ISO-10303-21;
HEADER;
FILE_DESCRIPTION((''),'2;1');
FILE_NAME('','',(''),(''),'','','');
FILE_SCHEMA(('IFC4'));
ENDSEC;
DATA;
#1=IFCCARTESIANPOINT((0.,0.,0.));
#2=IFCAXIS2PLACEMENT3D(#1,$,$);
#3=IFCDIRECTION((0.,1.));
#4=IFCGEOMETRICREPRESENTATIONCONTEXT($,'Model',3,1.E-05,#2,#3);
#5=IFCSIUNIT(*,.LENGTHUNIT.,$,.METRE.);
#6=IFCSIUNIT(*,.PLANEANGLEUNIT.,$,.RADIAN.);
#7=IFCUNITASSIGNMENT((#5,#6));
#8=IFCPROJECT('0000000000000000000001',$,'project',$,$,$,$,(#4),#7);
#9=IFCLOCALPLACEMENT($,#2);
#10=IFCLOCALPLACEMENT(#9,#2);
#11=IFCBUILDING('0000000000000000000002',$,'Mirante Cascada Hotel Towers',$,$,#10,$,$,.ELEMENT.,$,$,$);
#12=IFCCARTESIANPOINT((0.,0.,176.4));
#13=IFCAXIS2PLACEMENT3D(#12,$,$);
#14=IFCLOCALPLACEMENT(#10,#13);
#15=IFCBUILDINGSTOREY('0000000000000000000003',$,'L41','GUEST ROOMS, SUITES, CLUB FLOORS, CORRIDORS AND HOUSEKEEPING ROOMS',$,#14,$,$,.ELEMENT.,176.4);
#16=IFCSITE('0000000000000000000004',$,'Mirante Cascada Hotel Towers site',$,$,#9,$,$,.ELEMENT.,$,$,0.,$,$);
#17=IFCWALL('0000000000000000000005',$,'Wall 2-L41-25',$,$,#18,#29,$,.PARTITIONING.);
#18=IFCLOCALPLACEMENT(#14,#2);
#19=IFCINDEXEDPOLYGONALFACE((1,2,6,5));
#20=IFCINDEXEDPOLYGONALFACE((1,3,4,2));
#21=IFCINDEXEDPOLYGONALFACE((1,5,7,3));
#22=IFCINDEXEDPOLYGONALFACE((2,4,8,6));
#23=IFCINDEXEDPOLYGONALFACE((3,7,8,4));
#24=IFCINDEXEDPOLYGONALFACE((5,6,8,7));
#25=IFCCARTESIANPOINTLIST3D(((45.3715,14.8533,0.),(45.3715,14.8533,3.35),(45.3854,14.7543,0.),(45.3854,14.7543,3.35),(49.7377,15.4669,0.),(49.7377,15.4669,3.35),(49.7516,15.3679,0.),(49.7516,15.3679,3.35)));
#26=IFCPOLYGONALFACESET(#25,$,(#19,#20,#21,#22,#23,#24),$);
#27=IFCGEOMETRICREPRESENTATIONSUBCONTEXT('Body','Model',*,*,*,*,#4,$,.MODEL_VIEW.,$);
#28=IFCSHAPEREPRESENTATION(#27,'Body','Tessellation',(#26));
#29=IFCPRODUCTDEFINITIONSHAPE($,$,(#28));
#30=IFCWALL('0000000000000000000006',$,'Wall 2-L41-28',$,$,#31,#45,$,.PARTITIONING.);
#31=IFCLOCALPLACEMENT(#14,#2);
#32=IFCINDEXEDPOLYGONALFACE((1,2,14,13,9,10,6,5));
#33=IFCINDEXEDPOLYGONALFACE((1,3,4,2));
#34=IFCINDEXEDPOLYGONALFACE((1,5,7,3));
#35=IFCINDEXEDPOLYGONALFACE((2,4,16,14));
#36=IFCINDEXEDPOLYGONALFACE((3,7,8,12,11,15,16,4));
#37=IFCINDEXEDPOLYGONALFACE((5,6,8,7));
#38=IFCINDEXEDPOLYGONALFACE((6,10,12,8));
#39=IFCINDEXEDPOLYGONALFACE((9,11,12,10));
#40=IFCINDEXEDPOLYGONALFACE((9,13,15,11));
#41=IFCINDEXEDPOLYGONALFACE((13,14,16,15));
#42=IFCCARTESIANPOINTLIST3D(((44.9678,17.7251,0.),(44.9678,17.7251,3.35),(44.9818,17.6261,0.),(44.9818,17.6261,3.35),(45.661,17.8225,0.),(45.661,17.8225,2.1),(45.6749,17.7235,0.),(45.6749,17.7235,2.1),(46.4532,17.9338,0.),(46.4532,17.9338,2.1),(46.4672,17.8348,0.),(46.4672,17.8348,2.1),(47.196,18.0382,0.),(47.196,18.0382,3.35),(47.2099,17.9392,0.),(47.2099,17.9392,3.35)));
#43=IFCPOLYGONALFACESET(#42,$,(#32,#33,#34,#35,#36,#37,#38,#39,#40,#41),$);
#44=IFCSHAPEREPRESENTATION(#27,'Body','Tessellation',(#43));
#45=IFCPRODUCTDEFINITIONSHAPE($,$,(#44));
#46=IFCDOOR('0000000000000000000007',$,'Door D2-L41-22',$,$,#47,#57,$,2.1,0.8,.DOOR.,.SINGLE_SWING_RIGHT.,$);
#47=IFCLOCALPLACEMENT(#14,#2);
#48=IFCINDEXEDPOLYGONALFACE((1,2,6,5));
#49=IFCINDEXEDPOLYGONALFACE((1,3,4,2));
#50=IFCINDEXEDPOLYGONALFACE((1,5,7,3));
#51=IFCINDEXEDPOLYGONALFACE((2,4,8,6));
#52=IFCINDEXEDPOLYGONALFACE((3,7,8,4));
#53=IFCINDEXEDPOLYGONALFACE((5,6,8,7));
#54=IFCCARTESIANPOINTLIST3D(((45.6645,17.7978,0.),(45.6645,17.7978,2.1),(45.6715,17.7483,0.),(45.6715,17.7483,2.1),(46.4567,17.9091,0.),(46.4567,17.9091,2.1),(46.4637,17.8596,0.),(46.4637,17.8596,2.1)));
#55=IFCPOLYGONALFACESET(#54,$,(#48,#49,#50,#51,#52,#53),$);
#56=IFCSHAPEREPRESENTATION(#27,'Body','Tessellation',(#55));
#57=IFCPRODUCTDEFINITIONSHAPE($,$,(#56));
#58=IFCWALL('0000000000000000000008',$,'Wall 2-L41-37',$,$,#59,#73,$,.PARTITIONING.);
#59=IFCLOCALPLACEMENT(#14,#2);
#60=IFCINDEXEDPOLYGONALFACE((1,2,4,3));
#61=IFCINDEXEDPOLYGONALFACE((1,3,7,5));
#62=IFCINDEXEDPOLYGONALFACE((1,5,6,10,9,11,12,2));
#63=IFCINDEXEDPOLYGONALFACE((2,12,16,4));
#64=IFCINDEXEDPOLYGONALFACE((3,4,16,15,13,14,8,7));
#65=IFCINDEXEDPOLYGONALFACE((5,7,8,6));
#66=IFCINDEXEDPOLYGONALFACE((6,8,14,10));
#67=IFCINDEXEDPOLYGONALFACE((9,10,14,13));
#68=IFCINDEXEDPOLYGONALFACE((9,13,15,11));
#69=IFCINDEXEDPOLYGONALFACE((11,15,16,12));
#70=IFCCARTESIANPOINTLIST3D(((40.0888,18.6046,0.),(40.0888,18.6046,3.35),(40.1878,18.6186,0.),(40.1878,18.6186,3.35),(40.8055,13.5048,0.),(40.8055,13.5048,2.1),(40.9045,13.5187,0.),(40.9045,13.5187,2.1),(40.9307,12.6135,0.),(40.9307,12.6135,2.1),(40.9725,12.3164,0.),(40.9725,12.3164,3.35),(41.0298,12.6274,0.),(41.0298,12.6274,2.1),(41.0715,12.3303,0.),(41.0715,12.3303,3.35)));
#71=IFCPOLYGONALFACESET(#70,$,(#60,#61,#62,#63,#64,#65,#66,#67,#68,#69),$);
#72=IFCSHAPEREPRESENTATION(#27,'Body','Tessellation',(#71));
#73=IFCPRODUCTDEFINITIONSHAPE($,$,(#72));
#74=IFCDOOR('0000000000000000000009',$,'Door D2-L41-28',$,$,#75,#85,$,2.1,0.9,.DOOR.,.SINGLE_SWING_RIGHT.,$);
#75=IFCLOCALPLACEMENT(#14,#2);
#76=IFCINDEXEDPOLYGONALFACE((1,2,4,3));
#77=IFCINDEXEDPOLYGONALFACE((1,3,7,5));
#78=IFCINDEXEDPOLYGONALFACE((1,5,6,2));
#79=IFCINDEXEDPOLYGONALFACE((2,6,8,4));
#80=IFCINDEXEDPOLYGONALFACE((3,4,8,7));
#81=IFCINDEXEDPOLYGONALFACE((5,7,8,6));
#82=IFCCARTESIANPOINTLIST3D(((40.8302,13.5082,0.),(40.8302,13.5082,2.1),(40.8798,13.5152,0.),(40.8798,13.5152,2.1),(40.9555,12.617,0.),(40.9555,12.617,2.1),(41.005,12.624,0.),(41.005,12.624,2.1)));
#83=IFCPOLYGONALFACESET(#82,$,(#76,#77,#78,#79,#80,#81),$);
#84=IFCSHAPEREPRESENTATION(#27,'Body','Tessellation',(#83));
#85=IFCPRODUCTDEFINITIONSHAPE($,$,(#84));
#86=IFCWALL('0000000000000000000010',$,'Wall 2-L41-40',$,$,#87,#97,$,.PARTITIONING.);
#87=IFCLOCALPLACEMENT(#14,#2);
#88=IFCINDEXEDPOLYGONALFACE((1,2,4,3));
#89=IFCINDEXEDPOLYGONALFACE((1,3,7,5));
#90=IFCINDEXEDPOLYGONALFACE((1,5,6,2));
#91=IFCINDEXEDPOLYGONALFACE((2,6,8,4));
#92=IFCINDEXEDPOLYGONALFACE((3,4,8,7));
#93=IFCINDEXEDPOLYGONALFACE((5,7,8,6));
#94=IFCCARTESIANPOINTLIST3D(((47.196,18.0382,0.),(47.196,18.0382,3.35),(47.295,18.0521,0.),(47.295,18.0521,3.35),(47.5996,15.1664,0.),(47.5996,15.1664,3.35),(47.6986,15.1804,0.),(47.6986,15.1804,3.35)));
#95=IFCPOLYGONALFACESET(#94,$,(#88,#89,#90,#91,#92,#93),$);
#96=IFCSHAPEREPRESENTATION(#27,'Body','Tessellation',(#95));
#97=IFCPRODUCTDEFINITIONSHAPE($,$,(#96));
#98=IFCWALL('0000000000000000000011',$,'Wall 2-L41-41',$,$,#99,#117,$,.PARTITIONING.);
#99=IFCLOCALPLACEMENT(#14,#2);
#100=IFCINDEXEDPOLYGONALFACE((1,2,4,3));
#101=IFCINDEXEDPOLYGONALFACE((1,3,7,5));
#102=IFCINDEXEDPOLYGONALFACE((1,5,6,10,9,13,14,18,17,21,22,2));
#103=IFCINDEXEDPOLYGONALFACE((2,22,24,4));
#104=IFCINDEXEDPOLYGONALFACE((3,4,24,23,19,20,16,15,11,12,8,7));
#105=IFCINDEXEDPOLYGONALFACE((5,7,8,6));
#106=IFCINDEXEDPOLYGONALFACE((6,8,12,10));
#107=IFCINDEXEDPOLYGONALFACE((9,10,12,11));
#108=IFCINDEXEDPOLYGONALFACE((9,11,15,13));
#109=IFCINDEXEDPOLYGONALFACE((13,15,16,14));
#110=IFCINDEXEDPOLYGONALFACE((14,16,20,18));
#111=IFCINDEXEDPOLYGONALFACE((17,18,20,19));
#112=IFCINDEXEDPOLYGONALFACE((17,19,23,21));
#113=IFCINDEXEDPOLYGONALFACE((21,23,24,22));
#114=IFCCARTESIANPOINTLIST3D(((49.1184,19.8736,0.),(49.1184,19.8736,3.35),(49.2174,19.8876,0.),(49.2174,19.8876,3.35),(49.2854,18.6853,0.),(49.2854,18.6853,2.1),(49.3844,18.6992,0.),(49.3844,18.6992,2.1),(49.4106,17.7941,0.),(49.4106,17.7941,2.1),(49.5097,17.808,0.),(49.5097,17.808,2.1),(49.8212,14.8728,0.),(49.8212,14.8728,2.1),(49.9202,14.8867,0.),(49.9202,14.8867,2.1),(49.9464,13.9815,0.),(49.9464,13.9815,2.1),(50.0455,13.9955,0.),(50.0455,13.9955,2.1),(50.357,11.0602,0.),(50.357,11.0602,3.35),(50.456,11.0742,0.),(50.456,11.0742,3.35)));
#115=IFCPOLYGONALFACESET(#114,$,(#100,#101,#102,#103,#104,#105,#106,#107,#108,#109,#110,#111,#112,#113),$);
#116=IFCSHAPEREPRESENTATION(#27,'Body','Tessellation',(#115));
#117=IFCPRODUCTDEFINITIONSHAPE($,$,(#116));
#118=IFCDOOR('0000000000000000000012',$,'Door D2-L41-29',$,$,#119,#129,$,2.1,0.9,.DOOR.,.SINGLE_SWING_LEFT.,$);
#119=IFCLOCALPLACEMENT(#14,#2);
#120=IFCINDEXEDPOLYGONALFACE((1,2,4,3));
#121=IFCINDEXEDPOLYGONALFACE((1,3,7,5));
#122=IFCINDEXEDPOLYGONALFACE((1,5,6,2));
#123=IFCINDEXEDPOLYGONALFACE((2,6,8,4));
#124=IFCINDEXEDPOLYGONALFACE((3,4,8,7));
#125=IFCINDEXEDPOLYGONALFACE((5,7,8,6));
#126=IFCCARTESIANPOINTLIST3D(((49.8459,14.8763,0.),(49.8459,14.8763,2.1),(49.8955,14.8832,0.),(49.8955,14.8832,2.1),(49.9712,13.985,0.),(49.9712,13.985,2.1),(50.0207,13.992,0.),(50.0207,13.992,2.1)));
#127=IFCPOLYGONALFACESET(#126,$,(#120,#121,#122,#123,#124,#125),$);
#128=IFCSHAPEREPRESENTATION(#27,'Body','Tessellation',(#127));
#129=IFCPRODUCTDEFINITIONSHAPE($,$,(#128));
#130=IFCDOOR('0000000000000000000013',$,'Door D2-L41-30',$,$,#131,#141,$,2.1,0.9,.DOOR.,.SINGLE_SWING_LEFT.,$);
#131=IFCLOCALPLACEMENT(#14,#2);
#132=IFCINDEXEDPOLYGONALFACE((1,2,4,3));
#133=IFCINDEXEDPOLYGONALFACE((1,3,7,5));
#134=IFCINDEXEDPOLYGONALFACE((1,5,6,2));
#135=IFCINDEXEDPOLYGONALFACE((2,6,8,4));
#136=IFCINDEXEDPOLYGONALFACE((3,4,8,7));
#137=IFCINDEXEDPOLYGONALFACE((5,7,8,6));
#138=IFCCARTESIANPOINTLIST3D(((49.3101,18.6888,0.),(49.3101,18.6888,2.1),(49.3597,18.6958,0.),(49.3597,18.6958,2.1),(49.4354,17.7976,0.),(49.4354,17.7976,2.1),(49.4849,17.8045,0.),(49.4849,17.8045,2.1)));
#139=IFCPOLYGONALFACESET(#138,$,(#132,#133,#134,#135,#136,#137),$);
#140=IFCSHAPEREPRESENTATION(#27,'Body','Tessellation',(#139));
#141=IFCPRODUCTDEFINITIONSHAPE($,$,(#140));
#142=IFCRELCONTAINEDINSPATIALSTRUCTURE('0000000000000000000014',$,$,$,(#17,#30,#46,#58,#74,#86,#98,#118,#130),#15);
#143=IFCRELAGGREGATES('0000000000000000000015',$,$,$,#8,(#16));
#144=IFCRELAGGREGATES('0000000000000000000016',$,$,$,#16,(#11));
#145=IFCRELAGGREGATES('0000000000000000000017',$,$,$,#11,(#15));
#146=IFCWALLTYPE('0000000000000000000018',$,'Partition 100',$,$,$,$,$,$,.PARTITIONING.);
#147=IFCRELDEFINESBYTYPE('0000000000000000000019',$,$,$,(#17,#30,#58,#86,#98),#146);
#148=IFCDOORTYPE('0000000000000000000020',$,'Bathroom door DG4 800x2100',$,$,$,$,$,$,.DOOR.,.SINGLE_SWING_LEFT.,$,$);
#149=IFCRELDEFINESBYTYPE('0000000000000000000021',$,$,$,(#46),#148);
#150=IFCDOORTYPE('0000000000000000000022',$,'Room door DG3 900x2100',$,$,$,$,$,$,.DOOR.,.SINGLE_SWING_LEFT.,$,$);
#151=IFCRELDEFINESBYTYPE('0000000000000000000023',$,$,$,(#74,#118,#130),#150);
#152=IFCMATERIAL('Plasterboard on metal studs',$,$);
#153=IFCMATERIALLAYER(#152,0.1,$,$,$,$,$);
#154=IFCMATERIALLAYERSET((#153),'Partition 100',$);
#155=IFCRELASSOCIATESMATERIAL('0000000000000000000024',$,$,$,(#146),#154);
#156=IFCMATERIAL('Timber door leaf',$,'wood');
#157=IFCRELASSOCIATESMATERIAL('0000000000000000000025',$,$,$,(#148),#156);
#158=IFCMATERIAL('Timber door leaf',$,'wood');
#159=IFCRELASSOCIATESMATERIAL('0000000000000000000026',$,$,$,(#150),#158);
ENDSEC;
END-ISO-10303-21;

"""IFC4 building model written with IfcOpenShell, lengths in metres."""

from ifc_helpers import new_model, si_unit, direction, frame, frame_2d, origin, place, context, subcontext, project, spatial, rectangle, extrude, material, layer, layer_set, type_object, element, fill, save


model = new_model("IFC4")

# Units and contexts
model_context = context("Model", 3, precision=1e-05, world=origin(), true_north=direction((0.0, 1.0)))
body_context = subcontext(model_context, "Body", "Model", "MODEL_VIEW")
ifc_project = project(units=[si_unit("LENGTHUNIT", "METRE"), si_unit("PLANEANGLEUNIT", "RADIAN")], contexts=[model_context])

# Site, building, storey
site_placement = place(None, origin())
site = spatial("IfcSite", under=ifc_project, at=site_placement, Name="Mirante Cascada Hotel Towers site", CompositionType="ELEMENT", RefElevation=0.0)
building_placement = place(site_placement, origin())
building = spatial("IfcBuilding", under=site, at=building_placement, Name="Mirante Cascada Hotel Towers", CompositionType="ELEMENT")
storey_placement = place(building_placement, frame((0.0, 0.0, 176.4)))
storey = spatial("IfcBuildingStorey", under=building, at=storey_placement, Name="L41", Description="GUEST ROOMS, SUITES, CLUB FLOORS, CORRIDORS AND HOUSEKEEPING ROOMS", CompositionType="ELEMENT", Elevation=176.4)

# Shared definitions
ifc_material_1 = material(Name="Plasterboard on metal studs")
ifc_layer_1 = layer(ifc_material_1, 0.1)
ifc_layer_set_1 = layer_set([ifc_layer_1], Name="Partition 100")
wall_type = type_object("IfcWallType", Name="Partition 100", PredefinedType="PARTITIONING", material=ifc_layer_set_1)
ifc_material_2 = material(Name="Timber door leaf", Category="wood")
door_type_1 = type_object("IfcDoorType", Name="Bathroom door DG4 800x2100", OperationType="SINGLE_SWING_LEFT", PredefinedType="DOOR", material=ifc_material_2)
ifc_material_3 = material(Name="Timber door leaf", Category="wood")
door_type_2 = type_object("IfcDoorType", Name="Room door DG3 900x2100", OperationType="SINGLE_SWING_LEFT", PredefinedType="DOOR", material=ifc_material_3)

# Wall
wall_1_placement = place(storey_placement, frame((49.7446, 15.4174, 0.0), z_axis=(0.0, 0.0, 1.0), x_axis=(-0.990269, -0.139167, 0.0)))
element("IfcWall", 1, at=wall_1_placement, inside=storey, type_object=wall_type, Name="Wall 2-L41-25", PredefinedType="PARTITIONING", context=body_context, shape_type="SweptSolid", body=[
    extrude(rectangle(XDim=4.4091, YDim=0.1, at=frame_2d((2.2045, 0.0))), origin(), (0.0, 0.0, 1.0), 3.35),
])

# Walls, openings, doors
wall_2_placement = place(storey_placement, frame((44.9748, 17.6756, 0.0), z_axis=(0.0, 0.0, 1.0), x_axis=(0.990271, 0.139156, 0.0)))
wall_2 = element("IfcWall", 2, at=wall_2_placement, inside=storey, type_object=wall_type, Name="Wall 2-L41-28", PredefinedType="PARTITIONING", context=body_context, shape_type="SweptSolid", body=[
    extrude(rectangle(XDim=2.25, YDim=0.1, at=frame_2d((1.125, 0.0))), origin(), (0.0, 0.0, 1.0), 3.35),
])
opening_1_placement = place(wall_2_placement, frame((0.7, 0.0, 0.0)))
opening_1 = element("IfcOpeningElement", 3, at=opening_1_placement, cuts=wall_2, PredefinedType="OPENING", context=body_context, shape_type="SweptSolid", body=[
    extrude(rectangle(XDim=0.8, YDim=2.1, at=frame_2d((0.4, 1.05))), frame((0.0, 0.05, 0.0), z_axis=(0.0, -1.0, 0.0), x_axis=(1.0, 0.0, 0.0)), (0.0, 0.0, 1.0), 0.1),
])
door_1_placement = place(opening_1_placement, frame((0.8, 0.0, 0.0), z_axis=(0.0, 0.0, 1.0), x_axis=(-1.0, 0.0, 0.0)))
door_1 = element("IfcDoor", 4, at=door_1_placement, inside=storey, type_object=door_type_1, Name="Door D2-L41-22", OperationType="SINGLE_SWING_RIGHT", OverallHeight=2.1, OverallWidth=0.8, PredefinedType="DOOR", context=body_context, shape_type="SweptSolid", body=[
    extrude(rectangle(XDim=0.8, YDim=2.1, at=frame_2d((0.4, 1.05))), frame((0.0, 0.025, 0.0), z_axis=(0.0, -1.0, 0.0), x_axis=(1.0, 0.0, 0.0)), (0.0, 0.0, 1.0), 0.05),
])
fill(opening_1, door_1)
wall_3_placement = place(storey_placement, frame((40.1383, 18.6116, 0.0), z_axis=(0.0, 0.0, 1.0), x_axis=(0.139166, -0.990269, 0.0)))
wall_3 = element("IfcWall", 5, at=wall_3_placement, inside=storey, type_object=wall_type, Name="Wall 2-L41-37", PredefinedType="PARTITIONING", context=body_context, shape_type="SweptSolid", body=[
    extrude(rectangle(XDim=6.35, YDim=0.1, at=frame_2d((3.175, 0.0))), origin(), (0.0, 0.0, 1.0), 3.35),
])
opening_2_placement = place(wall_3_placement, frame((5.15, 0.0, 0.0)))
opening_2 = element("IfcOpeningElement", 6, at=opening_2_placement, cuts=wall_3, PredefinedType="OPENING", context=body_context, shape_type="SweptSolid", body=[
    extrude(rectangle(XDim=0.9, YDim=2.1, at=frame_2d((0.45, 1.05))), frame((0.0, 0.05, 0.0), z_axis=(0.0, -1.0, 0.0), x_axis=(1.0, 0.0, 0.0)), (0.0, 0.0, 1.0), 0.1),
])
door_2_placement = place(opening_2_placement, frame((0.9, 0.0, 0.0), z_axis=(0.0, 0.0, 1.0), x_axis=(-1.0, 0.0, 0.0)))
door_2 = element("IfcDoor", 7, at=door_2_placement, inside=storey, type_object=door_type_2, Name="Door D2-L41-28", OperationType="SINGLE_SWING_RIGHT", OverallHeight=2.1, OverallWidth=0.9, PredefinedType="DOOR", context=body_context, shape_type="SweptSolid", body=[
    extrude(rectangle(XDim=0.9, YDim=2.1, at=frame_2d((0.45, 1.05))), frame((0.0, 0.025, 0.0), z_axis=(0.0, -1.0, 0.0), x_axis=(1.0, 0.0, 0.0)), (0.0, 0.0, 1.0), 0.05),
])
fill(opening_2, door_2)

# Wall
wall_4_placement = place(storey_placement, frame((47.6491, 15.1734, 0.0), z_axis=(0.0, 0.0, 1.0), x_axis=(-0.139171, 0.990268, 0.0)))
element("IfcWall", 8, at=wall_4_placement, inside=storey, type_object=wall_type, Name="Wall 2-L41-40", PredefinedType="PARTITIONING", context=body_context, shape_type="SweptSolid", body=[
    extrude(rectangle(XDim=2.9, YDim=0.1, at=frame_2d((1.45, 0.0))), origin(), (0.0, 0.0, 1.0), 3.35),
])

# Wall, openings, doors
wall_5_placement = place(storey_placement, frame((49.1679, 19.8806, 0.0), z_axis=(0.0, 0.0, 1.0), x_axis=(0.139168, -0.990269, 0.0)))
wall_5 = element("IfcWall", 9, at=wall_5_placement, inside=storey, type_object=wall_type, Name="Wall 2-L41-41", PredefinedType="PARTITIONING", context=body_context, shape_type="SweptSolid", body=[
    extrude(rectangle(XDim=8.9, YDim=0.1, at=frame_2d((4.45, 0.0))), origin(), (0.0, 0.0, 1.0), 3.35),
])
opening_3_placement = place(wall_5_placement, frame((5.05, 0.0, 0.0)))
opening_3 = element("IfcOpeningElement", 10, at=opening_3_placement, cuts=wall_5, PredefinedType="OPENING", context=body_context, shape_type="SweptSolid", body=[
    extrude(rectangle(XDim=0.9, YDim=2.1, at=frame_2d((0.45, 1.05))), frame((0.0, 0.05, 0.0), z_axis=(0.0, -1.0, 0.0), x_axis=(1.0, 0.0, 0.0)), (0.0, 0.0, 1.0), 0.1),
])
opening_4_placement = place(wall_5_placement, frame((1.2, 0.0, 0.0)))
opening_4 = element("IfcOpeningElement", 11, at=opening_4_placement, cuts=wall_5, PredefinedType="OPENING", context=body_context, shape_type="SweptSolid", body=[
    extrude(rectangle(XDim=0.9, YDim=2.1, at=frame_2d((0.45, 1.05))), frame((0.0, 0.05, 0.0), z_axis=(0.0, -1.0, 0.0), x_axis=(1.0, 0.0, 0.0)), (0.0, 0.0, 1.0), 0.1),
])
door_3_placement = place(opening_3_placement, origin())
door_3 = element("IfcDoor", 12, at=door_3_placement, inside=storey, type_object=door_type_2, Name="Door D2-L41-29", OperationType="SINGLE_SWING_LEFT", OverallHeight=2.1, OverallWidth=0.9, PredefinedType="DOOR", context=body_context, shape_type="SweptSolid", body=[
    extrude(rectangle(XDim=0.9, YDim=2.1, at=frame_2d((0.45, 1.05))), frame((0.0, 0.025, 0.0), z_axis=(0.0, -1.0, 0.0), x_axis=(1.0, 0.0, 0.0)), (0.0, 0.0, 1.0), 0.05),
])
fill(opening_3, door_3)
door_4_placement = place(opening_4_placement, origin())
door_4 = element("IfcDoor", 13, at=door_4_placement, inside=storey, type_object=door_type_2, Name="Door D2-L41-30", OperationType="SINGLE_SWING_LEFT", OverallHeight=2.1, OverallWidth=0.9, PredefinedType="DOOR", context=body_context, shape_type="SweptSolid", body=[
    extrude(rectangle(XDim=0.9, YDim=2.1, at=frame_2d((0.45, 1.05))), frame((0.0, 0.025, 0.0), z_axis=(0.0, -1.0, 0.0), x_axis=(1.0, 0.0, 0.0)), (0.0, 0.0, 1.0), 0.05),
])
fill(opening_4, door_4)

save(model, "model.ifc")
